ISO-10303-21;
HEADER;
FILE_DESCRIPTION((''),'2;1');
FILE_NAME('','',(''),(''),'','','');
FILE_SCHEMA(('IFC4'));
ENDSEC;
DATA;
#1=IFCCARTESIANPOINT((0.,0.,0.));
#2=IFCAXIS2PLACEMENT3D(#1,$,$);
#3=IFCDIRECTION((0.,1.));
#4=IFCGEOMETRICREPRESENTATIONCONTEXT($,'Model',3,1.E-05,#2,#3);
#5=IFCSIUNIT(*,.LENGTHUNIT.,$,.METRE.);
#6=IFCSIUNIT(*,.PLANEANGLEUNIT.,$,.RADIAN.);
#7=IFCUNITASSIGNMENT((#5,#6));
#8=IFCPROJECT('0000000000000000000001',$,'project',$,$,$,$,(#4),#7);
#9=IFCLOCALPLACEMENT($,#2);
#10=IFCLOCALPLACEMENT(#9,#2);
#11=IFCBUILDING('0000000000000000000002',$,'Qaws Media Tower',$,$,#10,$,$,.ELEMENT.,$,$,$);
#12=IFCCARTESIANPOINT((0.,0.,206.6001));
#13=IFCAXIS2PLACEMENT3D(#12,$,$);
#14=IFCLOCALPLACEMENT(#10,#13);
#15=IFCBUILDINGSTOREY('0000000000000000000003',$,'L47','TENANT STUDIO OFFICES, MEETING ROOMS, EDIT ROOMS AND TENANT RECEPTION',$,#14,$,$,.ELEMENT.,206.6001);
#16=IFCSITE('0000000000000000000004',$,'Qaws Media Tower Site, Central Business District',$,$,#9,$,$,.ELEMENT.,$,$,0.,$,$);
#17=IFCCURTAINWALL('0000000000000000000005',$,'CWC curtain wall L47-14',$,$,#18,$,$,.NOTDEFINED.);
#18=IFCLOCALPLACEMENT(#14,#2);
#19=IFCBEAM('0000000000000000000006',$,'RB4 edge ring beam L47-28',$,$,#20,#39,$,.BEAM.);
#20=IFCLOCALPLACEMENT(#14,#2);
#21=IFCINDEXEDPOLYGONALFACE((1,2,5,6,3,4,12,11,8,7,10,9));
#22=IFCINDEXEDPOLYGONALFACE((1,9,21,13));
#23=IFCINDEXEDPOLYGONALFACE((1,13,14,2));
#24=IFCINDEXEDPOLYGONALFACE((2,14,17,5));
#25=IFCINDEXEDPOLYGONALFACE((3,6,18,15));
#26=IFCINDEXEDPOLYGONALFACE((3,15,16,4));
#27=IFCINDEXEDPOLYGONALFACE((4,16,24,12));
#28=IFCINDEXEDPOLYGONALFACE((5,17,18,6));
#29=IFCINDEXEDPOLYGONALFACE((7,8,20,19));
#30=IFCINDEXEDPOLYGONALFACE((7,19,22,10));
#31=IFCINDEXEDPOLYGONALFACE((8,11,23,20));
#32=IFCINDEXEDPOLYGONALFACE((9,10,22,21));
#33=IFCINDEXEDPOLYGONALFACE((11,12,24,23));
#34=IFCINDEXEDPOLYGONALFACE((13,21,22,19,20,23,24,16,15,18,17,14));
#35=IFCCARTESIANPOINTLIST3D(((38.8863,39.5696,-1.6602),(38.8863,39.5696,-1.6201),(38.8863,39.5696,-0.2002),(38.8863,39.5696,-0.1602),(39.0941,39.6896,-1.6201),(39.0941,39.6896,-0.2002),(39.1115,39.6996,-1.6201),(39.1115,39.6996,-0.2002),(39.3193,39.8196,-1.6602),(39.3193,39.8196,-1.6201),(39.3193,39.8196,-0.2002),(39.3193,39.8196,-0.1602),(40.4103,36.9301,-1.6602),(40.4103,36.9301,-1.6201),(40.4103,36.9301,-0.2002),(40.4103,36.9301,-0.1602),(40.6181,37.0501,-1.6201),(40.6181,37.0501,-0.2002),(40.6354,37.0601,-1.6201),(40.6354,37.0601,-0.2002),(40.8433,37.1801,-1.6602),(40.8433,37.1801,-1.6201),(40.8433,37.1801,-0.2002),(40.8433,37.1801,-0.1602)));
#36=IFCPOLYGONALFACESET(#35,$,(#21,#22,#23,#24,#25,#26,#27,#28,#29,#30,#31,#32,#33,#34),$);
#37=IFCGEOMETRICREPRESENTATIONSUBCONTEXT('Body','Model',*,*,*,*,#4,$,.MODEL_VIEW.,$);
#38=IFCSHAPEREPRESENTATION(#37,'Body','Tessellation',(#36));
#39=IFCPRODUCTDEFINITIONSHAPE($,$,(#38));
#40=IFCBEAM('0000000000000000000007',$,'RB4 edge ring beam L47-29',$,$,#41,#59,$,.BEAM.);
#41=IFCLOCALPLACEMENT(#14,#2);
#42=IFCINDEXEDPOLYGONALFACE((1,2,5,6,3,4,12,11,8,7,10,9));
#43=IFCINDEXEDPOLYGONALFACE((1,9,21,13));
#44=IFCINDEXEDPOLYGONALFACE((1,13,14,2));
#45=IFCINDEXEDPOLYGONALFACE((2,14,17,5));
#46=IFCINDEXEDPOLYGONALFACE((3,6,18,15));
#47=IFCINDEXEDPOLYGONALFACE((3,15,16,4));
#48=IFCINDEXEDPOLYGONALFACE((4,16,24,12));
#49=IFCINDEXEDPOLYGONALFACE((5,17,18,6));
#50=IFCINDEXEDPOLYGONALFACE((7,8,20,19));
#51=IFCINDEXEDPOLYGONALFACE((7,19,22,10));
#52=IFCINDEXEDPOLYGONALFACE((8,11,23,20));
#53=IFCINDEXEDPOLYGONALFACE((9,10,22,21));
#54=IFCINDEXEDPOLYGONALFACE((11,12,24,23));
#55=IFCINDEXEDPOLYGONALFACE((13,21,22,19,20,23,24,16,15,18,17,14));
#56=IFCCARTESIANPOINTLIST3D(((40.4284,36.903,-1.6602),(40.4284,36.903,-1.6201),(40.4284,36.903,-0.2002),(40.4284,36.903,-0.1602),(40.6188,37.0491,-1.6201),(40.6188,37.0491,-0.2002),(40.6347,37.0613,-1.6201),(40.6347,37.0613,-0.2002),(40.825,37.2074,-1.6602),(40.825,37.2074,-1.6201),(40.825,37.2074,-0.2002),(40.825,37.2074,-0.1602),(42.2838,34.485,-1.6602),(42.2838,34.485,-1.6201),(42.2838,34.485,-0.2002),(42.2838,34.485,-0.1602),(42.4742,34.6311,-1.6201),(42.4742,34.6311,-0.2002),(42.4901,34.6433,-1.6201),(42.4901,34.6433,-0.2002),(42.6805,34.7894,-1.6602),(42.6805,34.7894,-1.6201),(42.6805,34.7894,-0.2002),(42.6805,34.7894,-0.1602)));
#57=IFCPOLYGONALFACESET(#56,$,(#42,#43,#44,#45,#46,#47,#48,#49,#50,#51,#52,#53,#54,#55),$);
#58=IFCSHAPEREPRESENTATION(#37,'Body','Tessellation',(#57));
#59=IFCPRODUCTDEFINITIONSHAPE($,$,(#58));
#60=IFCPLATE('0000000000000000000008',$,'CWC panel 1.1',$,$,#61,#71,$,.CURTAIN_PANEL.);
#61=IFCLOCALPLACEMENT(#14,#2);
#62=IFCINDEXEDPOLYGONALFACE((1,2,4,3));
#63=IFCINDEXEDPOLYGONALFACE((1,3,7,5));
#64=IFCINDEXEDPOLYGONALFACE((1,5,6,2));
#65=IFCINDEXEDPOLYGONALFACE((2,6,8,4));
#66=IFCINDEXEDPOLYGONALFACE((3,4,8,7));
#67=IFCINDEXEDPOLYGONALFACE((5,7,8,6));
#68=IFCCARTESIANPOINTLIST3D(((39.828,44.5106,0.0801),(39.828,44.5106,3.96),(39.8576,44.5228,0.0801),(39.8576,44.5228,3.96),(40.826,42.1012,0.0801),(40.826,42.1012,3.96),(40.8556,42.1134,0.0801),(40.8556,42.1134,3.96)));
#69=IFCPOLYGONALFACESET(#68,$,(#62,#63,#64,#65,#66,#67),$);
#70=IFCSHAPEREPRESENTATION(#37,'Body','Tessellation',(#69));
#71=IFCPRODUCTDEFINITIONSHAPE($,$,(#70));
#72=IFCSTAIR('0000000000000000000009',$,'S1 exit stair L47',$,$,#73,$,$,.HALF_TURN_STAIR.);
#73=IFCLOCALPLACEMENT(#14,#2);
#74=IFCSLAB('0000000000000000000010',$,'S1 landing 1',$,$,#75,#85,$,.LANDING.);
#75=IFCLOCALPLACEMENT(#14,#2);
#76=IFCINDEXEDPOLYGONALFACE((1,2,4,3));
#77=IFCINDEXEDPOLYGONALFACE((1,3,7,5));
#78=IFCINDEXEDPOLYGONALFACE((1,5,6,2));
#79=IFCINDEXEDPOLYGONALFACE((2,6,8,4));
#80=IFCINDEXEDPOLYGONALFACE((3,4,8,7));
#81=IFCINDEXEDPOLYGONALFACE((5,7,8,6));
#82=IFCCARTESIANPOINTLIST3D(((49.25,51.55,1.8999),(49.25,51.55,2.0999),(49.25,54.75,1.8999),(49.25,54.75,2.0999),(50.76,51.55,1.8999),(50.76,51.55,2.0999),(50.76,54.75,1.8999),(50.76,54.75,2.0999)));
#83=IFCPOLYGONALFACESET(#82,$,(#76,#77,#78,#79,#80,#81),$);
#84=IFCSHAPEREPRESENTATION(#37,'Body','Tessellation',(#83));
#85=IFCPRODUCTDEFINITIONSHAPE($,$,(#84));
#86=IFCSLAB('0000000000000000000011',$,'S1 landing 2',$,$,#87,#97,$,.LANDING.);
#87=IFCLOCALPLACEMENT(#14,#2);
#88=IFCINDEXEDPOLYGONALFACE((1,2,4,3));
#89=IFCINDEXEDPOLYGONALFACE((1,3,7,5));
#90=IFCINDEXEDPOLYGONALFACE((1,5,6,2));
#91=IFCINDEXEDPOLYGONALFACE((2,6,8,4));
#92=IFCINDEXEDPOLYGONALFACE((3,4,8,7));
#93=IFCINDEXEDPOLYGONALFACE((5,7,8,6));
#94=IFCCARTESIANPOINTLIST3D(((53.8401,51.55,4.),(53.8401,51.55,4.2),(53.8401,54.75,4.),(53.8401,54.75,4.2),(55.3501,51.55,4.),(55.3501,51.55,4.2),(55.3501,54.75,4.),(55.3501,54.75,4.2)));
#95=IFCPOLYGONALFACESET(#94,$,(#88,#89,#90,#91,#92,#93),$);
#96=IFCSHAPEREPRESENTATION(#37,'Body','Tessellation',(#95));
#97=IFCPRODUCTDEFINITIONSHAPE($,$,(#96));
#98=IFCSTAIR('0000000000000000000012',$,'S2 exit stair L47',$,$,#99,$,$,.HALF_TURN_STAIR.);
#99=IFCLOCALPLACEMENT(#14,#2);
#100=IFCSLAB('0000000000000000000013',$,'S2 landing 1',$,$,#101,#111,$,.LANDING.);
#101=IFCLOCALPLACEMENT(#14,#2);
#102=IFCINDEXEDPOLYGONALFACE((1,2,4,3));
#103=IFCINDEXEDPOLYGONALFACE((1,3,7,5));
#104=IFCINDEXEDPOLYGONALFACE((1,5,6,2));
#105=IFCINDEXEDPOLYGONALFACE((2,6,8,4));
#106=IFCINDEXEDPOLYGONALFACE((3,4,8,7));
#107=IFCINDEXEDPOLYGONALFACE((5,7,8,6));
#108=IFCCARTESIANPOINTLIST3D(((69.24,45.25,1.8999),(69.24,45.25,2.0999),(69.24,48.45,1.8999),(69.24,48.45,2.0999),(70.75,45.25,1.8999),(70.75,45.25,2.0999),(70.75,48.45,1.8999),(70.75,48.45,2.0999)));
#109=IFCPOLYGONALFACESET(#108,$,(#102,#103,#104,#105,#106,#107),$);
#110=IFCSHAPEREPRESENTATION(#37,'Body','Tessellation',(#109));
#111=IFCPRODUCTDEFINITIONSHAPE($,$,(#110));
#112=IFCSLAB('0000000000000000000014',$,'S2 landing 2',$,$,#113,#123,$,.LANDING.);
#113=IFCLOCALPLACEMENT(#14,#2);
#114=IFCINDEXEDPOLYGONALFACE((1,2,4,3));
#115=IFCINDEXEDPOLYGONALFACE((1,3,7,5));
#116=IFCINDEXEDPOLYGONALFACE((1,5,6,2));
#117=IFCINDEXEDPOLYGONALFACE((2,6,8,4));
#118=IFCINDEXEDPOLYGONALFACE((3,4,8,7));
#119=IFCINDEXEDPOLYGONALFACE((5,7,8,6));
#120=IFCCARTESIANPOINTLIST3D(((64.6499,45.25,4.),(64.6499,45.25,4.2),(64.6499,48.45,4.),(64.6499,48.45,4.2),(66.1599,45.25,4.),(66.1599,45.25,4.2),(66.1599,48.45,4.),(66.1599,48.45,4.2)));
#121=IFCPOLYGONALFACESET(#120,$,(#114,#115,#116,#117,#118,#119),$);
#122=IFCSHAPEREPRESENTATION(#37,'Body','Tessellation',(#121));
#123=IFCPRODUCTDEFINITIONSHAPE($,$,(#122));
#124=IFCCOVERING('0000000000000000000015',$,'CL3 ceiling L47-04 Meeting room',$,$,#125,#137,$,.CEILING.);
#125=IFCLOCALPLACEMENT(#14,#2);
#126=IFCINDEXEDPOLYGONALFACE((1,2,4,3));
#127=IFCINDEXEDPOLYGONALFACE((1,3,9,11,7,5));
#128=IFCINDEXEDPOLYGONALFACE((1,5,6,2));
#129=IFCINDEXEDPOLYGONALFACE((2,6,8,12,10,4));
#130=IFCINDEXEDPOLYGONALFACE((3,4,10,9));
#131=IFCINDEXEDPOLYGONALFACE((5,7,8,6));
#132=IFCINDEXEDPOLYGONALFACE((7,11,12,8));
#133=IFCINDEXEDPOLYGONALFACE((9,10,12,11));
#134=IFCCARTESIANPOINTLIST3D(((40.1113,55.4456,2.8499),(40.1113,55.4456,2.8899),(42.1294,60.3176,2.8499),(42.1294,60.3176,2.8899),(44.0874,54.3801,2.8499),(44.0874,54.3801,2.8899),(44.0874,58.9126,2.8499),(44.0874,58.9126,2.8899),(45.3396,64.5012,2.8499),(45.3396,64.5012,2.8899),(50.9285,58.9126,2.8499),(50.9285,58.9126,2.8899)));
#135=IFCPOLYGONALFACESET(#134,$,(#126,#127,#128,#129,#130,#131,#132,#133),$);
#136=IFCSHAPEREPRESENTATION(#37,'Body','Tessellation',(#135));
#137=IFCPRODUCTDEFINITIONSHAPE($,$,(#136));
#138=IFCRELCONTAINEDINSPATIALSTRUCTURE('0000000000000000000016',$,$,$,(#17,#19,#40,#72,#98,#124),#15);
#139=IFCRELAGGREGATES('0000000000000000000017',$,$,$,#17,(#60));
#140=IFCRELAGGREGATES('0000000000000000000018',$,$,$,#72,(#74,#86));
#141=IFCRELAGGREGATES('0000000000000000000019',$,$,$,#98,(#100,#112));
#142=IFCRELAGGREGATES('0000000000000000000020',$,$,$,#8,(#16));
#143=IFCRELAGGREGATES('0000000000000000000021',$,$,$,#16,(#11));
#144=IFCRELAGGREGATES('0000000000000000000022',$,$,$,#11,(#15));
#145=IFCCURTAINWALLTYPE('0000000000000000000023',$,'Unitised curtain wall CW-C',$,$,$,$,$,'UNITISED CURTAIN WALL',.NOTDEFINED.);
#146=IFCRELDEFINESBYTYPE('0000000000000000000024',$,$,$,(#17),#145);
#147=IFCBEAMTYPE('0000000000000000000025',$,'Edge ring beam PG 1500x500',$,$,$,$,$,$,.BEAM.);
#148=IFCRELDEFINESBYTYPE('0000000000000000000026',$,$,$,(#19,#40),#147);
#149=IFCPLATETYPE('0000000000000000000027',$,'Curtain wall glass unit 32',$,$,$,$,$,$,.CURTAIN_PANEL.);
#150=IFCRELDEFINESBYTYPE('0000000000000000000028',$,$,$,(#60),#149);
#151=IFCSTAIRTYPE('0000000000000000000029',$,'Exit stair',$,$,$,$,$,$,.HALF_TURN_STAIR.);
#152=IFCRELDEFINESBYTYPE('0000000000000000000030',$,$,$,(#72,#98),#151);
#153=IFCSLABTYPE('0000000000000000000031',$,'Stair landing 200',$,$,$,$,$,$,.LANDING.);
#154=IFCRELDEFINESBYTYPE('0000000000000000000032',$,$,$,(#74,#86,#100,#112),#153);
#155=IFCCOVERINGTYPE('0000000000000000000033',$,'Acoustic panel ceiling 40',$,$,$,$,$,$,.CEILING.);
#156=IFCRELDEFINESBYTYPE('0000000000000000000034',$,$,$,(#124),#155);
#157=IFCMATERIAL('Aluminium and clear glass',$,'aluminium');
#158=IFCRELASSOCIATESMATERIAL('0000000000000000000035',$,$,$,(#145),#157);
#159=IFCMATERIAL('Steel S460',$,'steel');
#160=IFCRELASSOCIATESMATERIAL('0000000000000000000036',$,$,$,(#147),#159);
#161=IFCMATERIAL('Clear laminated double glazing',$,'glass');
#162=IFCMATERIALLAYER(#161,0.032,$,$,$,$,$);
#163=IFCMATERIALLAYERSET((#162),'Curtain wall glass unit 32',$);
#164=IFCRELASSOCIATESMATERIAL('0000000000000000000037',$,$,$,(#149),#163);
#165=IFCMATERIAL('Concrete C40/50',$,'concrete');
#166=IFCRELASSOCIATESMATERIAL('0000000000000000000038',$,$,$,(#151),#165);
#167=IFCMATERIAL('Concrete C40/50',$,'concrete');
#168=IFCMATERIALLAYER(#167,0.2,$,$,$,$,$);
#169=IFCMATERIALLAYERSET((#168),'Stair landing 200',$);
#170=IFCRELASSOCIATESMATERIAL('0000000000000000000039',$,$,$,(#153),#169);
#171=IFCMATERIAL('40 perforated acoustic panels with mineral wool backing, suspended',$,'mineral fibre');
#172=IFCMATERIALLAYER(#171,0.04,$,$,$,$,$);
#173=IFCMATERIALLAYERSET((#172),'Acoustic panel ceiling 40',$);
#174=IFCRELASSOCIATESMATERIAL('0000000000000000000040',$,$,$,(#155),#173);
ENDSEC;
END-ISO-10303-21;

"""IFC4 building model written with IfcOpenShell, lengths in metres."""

from ifc_helpers import new_model, si_unit, direction, frame, origin, origin_2d, place, context, subcontext, project, spatial, polyline, rectangle, i_section, outline, extrude, material, layer, layer_set, material_profile, profile_set, type_object, element, aggregate, save


model = new_model("IFC4")

# Units and contexts
model_context = context("Model", 3, precision=1e-05, world=origin(), true_north=direction((0.0, 1.0)))
body_context = subcontext(model_context, "Body", "Model", "MODEL_VIEW")
ifc_project = project(units=[si_unit("LENGTHUNIT", "METRE"), si_unit("PLANEANGLEUNIT", "RADIAN")], contexts=[model_context])

# Site, building, storey
site_placement = place(None, origin())
site = spatial("IfcSite", under=ifc_project, at=site_placement, Name="Qaws Media Tower Site, Central Business District", CompositionType="ELEMENT", RefElevation=0.0)
building_placement = place(site_placement, origin())
building = spatial("IfcBuilding", under=site, at=building_placement, Name="Qaws Media Tower", CompositionType="ELEMENT")
storey_placement = place(building_placement, frame((0.0, 0.0, 206.6001)))
storey = spatial("IfcBuildingStorey", under=building, at=storey_placement, Name="L47", Description="TENANT STUDIO OFFICES, MEETING ROOMS, EDIT ROOMS AND TENANT RECEPTION", CompositionType="ELEMENT", Elevation=206.6001)

# Curtain wall
ifc_material_1 = material(Name="Aluminium and clear glass", Category="aluminium")
curtain_wall_type = type_object("IfcCurtainWallType", Name="Unitised curtain wall CW-C", ElementType="UNITISED CURTAIN WALL", PredefinedType="NOTDEFINED", material=ifc_material_1)
curtain_wall_placement = place(storey_placement, origin())
curtain_wall = element("IfcCurtainWall", 1, at=curtain_wall_placement, inside=storey, type_object=curtain_wall_type, Name="CWC curtain wall L47-14", PredefinedType="NOTDEFINED")

# Beams
ifc_material_2 = material(Name="Steel S460", Category="steel")
ifc_material_profile_1 = material_profile(ifc_material_2, i_section(OverallWidth=0.5, OverallDepth=1.5, WebThickness=0.02, FlangeThickness=0.04, at=origin_2d()), Name="PG 1500x500")
ifc_profile_set_1 = profile_set([ifc_material_profile_1], Name="Steel S460")
beam_type = type_object("IfcBeamType", Name="Edge ring beam PG 1500x500", PredefinedType="BEAM", material=ifc_profile_set_1)
for number, where, z_axis, x_axis, name in (
    (2, (39.1028, 39.6946, -0.9102), (0.500016, -0.866016, 0.0), (0.866016, 0.500016, 0.0), "RB4 edge ring beam L47-28"),
    (3, (40.6267, 37.0552, -0.9102), (0.608781, -0.793338, 0.0), (0.793338, 0.608781, 0.0), "RB4 edge ring beam L47-29"),
):
    element("IfcBeam", number, at=place(storey_placement, frame(where, z_axis=z_axis, x_axis=x_axis)), inside=storey, type_object=beam_type, Name=name, PredefinedType="BEAM", context=body_context, shape_type="SweptSolid", body=[
        extrude(i_section(OverallWidth=0.5, OverallDepth=1.5, WebThickness=0.02, FlangeThickness=0.04, at=origin_2d()), origin(), (0.0, 0.0, 1.0), 3.0479),
    ])

# Plate
ifc_material_3 = material(Name="Clear laminated double glazing", Category="glass")
ifc_layer_1 = layer(ifc_material_3, 0.032)
ifc_layer_set_1 = layer_set([ifc_layer_1], Name="Curtain wall glass unit 32")
plate_type = type_object("IfcPlateType", Name="Curtain wall glass unit 32", PredefinedType="CURTAIN_PANEL", material=ifc_layer_set_1)
plate_placement = place(storey_placement, frame((40.3418, 43.312, 0.0801), z_axis=(0.0, 0.0, 1.0), x_axis=(0.382683, -0.92388, 0.0)))
plate = element("IfcPlate", 4, at=plate_placement, type_object=plate_type, Name="CWC panel 1.1", PredefinedType="CURTAIN_PANEL", context=body_context, shape_type="SweptSolid", body=[
    extrude(rectangle(XDim=2.6079, YDim=0.032, at=origin_2d()), origin(), (0.0, 0.0, 1.0), 3.8799),
])
aggregate(curtain_wall, [plate])

# Stairs, slabs
ifc_material_4 = material(Name="Concrete C40/50", Category="concrete")
stair_type = type_object("IfcStairType", Name="Exit stair", PredefinedType="HALF_TURN_STAIR", material=ifc_material_4)
stair_1_placement = place(storey_placement, origin())
stair_1 = element("IfcStair", 5, at=stair_1_placement, inside=storey, type_object=stair_type, Name="S1 exit stair L47", PredefinedType="HALF_TURN_STAIR")
ifc_material_5 = material(Name="Concrete C40/50", Category="concrete")
ifc_layer_2 = layer(ifc_material_5, 0.2)
ifc_layer_set_2 = layer_set([ifc_layer_2], Name="Stair landing 200")
slab_type = type_object("IfcSlabType", Name="Stair landing 200", PredefinedType="LANDING", material=ifc_layer_set_2)
slab_1_placement = place(storey_placement, frame((0.0, 0.0, 1.8999)))
slab_1 = element("IfcSlab", 6, at=slab_1_placement, type_object=slab_type, Name="S1 landing 1", PredefinedType="LANDING", context=body_context, shape_type="SweptSolid", body=[
    extrude(outline(polyline([(49.25, 51.55), (50.76, 51.55), (50.76, 54.75), (49.25, 54.75), (49.25, 51.55)])), origin(), (0.0, 0.0, 1.0), 0.2),
])
slab_2_placement = place(storey_placement, frame((0.0, 0.0, 4.0)))
slab_2 = element("IfcSlab", 7, at=slab_2_placement, type_object=slab_type, Name="S1 landing 2", PredefinedType="LANDING", context=body_context, shape_type="SweptSolid", body=[
    extrude(outline(polyline([(53.8401, 51.55), (55.3501, 51.55), (55.3501, 54.75), (53.8401, 54.75), (53.8401, 51.55)])), origin(), (0.0, 0.0, 1.0), 0.2),
])
aggregate(stair_1, [slab_1, slab_2])
stair_2_placement = place(storey_placement, origin())
stair_2 = element("IfcStair", 8, at=stair_2_placement, inside=storey, type_object=stair_type, Name="S2 exit stair L47", PredefinedType="HALF_TURN_STAIR")
slab_3_placement = place(storey_placement, frame((0.0, 0.0, 1.8999)))
slab_3 = element("IfcSlab", 9, at=slab_3_placement, type_object=slab_type, Name="S2 landing 1", PredefinedType="LANDING", context=body_context, shape_type="SweptSolid", body=[
    extrude(outline(polyline([(69.24, 45.25), (70.75, 45.25), (70.75, 48.45), (69.24, 48.45), (69.24, 45.25)])), origin(), (0.0, 0.0, 1.0), 0.2),
])
slab_4_placement = place(storey_placement, frame((0.0, 0.0, 4.0)))
slab_4 = element("IfcSlab", 10, at=slab_4_placement, type_object=slab_type, Name="S2 landing 2", PredefinedType="LANDING", context=body_context, shape_type="SweptSolid", body=[
    extrude(outline(polyline([(64.6499, 45.25), (66.1599, 45.25), (66.1599, 48.45), (64.6499, 48.45), (64.6499, 45.25)])), origin(), (0.0, 0.0, 1.0), 0.2),
])
aggregate(stair_2, [slab_3, slab_4])

# Covering
ifc_material_6 = material(Name="40 perforated acoustic panels with mineral wool backing, suspended", Category="mineral fibre")
ifc_layer_3 = layer(ifc_material_6, 0.04)
ifc_layer_set_3 = layer_set([ifc_layer_3], Name="Acoustic panel ceiling 40")
covering_type_1 = type_object("IfcCoveringType", Name="Acoustic panel ceiling 40", PredefinedType="CEILING", material=ifc_layer_set_3)
covering_1_placement = place(storey_placement, frame((0.0, 0.0, 2.8499)))
element("IfcCovering", 11, at=covering_1_placement, inside=storey, type_object=covering_type_1, Name="CL3 ceiling L47-04 Meeting room", PredefinedType="CEILING", context=body_context, shape_type="SweptSolid", body=[
    extrude(outline(polyline([(42.1294, 60.3176), (45.3396, 64.5012), (50.9285, 58.9126), (44.0874, 58.9126), (44.0874, 54.3801), (40.1113, 55.4456), (42.1294, 60.3176)])), origin(), (0.0, 0.0, 1.0), 0.04),
])

save(model, "model.ifc")
